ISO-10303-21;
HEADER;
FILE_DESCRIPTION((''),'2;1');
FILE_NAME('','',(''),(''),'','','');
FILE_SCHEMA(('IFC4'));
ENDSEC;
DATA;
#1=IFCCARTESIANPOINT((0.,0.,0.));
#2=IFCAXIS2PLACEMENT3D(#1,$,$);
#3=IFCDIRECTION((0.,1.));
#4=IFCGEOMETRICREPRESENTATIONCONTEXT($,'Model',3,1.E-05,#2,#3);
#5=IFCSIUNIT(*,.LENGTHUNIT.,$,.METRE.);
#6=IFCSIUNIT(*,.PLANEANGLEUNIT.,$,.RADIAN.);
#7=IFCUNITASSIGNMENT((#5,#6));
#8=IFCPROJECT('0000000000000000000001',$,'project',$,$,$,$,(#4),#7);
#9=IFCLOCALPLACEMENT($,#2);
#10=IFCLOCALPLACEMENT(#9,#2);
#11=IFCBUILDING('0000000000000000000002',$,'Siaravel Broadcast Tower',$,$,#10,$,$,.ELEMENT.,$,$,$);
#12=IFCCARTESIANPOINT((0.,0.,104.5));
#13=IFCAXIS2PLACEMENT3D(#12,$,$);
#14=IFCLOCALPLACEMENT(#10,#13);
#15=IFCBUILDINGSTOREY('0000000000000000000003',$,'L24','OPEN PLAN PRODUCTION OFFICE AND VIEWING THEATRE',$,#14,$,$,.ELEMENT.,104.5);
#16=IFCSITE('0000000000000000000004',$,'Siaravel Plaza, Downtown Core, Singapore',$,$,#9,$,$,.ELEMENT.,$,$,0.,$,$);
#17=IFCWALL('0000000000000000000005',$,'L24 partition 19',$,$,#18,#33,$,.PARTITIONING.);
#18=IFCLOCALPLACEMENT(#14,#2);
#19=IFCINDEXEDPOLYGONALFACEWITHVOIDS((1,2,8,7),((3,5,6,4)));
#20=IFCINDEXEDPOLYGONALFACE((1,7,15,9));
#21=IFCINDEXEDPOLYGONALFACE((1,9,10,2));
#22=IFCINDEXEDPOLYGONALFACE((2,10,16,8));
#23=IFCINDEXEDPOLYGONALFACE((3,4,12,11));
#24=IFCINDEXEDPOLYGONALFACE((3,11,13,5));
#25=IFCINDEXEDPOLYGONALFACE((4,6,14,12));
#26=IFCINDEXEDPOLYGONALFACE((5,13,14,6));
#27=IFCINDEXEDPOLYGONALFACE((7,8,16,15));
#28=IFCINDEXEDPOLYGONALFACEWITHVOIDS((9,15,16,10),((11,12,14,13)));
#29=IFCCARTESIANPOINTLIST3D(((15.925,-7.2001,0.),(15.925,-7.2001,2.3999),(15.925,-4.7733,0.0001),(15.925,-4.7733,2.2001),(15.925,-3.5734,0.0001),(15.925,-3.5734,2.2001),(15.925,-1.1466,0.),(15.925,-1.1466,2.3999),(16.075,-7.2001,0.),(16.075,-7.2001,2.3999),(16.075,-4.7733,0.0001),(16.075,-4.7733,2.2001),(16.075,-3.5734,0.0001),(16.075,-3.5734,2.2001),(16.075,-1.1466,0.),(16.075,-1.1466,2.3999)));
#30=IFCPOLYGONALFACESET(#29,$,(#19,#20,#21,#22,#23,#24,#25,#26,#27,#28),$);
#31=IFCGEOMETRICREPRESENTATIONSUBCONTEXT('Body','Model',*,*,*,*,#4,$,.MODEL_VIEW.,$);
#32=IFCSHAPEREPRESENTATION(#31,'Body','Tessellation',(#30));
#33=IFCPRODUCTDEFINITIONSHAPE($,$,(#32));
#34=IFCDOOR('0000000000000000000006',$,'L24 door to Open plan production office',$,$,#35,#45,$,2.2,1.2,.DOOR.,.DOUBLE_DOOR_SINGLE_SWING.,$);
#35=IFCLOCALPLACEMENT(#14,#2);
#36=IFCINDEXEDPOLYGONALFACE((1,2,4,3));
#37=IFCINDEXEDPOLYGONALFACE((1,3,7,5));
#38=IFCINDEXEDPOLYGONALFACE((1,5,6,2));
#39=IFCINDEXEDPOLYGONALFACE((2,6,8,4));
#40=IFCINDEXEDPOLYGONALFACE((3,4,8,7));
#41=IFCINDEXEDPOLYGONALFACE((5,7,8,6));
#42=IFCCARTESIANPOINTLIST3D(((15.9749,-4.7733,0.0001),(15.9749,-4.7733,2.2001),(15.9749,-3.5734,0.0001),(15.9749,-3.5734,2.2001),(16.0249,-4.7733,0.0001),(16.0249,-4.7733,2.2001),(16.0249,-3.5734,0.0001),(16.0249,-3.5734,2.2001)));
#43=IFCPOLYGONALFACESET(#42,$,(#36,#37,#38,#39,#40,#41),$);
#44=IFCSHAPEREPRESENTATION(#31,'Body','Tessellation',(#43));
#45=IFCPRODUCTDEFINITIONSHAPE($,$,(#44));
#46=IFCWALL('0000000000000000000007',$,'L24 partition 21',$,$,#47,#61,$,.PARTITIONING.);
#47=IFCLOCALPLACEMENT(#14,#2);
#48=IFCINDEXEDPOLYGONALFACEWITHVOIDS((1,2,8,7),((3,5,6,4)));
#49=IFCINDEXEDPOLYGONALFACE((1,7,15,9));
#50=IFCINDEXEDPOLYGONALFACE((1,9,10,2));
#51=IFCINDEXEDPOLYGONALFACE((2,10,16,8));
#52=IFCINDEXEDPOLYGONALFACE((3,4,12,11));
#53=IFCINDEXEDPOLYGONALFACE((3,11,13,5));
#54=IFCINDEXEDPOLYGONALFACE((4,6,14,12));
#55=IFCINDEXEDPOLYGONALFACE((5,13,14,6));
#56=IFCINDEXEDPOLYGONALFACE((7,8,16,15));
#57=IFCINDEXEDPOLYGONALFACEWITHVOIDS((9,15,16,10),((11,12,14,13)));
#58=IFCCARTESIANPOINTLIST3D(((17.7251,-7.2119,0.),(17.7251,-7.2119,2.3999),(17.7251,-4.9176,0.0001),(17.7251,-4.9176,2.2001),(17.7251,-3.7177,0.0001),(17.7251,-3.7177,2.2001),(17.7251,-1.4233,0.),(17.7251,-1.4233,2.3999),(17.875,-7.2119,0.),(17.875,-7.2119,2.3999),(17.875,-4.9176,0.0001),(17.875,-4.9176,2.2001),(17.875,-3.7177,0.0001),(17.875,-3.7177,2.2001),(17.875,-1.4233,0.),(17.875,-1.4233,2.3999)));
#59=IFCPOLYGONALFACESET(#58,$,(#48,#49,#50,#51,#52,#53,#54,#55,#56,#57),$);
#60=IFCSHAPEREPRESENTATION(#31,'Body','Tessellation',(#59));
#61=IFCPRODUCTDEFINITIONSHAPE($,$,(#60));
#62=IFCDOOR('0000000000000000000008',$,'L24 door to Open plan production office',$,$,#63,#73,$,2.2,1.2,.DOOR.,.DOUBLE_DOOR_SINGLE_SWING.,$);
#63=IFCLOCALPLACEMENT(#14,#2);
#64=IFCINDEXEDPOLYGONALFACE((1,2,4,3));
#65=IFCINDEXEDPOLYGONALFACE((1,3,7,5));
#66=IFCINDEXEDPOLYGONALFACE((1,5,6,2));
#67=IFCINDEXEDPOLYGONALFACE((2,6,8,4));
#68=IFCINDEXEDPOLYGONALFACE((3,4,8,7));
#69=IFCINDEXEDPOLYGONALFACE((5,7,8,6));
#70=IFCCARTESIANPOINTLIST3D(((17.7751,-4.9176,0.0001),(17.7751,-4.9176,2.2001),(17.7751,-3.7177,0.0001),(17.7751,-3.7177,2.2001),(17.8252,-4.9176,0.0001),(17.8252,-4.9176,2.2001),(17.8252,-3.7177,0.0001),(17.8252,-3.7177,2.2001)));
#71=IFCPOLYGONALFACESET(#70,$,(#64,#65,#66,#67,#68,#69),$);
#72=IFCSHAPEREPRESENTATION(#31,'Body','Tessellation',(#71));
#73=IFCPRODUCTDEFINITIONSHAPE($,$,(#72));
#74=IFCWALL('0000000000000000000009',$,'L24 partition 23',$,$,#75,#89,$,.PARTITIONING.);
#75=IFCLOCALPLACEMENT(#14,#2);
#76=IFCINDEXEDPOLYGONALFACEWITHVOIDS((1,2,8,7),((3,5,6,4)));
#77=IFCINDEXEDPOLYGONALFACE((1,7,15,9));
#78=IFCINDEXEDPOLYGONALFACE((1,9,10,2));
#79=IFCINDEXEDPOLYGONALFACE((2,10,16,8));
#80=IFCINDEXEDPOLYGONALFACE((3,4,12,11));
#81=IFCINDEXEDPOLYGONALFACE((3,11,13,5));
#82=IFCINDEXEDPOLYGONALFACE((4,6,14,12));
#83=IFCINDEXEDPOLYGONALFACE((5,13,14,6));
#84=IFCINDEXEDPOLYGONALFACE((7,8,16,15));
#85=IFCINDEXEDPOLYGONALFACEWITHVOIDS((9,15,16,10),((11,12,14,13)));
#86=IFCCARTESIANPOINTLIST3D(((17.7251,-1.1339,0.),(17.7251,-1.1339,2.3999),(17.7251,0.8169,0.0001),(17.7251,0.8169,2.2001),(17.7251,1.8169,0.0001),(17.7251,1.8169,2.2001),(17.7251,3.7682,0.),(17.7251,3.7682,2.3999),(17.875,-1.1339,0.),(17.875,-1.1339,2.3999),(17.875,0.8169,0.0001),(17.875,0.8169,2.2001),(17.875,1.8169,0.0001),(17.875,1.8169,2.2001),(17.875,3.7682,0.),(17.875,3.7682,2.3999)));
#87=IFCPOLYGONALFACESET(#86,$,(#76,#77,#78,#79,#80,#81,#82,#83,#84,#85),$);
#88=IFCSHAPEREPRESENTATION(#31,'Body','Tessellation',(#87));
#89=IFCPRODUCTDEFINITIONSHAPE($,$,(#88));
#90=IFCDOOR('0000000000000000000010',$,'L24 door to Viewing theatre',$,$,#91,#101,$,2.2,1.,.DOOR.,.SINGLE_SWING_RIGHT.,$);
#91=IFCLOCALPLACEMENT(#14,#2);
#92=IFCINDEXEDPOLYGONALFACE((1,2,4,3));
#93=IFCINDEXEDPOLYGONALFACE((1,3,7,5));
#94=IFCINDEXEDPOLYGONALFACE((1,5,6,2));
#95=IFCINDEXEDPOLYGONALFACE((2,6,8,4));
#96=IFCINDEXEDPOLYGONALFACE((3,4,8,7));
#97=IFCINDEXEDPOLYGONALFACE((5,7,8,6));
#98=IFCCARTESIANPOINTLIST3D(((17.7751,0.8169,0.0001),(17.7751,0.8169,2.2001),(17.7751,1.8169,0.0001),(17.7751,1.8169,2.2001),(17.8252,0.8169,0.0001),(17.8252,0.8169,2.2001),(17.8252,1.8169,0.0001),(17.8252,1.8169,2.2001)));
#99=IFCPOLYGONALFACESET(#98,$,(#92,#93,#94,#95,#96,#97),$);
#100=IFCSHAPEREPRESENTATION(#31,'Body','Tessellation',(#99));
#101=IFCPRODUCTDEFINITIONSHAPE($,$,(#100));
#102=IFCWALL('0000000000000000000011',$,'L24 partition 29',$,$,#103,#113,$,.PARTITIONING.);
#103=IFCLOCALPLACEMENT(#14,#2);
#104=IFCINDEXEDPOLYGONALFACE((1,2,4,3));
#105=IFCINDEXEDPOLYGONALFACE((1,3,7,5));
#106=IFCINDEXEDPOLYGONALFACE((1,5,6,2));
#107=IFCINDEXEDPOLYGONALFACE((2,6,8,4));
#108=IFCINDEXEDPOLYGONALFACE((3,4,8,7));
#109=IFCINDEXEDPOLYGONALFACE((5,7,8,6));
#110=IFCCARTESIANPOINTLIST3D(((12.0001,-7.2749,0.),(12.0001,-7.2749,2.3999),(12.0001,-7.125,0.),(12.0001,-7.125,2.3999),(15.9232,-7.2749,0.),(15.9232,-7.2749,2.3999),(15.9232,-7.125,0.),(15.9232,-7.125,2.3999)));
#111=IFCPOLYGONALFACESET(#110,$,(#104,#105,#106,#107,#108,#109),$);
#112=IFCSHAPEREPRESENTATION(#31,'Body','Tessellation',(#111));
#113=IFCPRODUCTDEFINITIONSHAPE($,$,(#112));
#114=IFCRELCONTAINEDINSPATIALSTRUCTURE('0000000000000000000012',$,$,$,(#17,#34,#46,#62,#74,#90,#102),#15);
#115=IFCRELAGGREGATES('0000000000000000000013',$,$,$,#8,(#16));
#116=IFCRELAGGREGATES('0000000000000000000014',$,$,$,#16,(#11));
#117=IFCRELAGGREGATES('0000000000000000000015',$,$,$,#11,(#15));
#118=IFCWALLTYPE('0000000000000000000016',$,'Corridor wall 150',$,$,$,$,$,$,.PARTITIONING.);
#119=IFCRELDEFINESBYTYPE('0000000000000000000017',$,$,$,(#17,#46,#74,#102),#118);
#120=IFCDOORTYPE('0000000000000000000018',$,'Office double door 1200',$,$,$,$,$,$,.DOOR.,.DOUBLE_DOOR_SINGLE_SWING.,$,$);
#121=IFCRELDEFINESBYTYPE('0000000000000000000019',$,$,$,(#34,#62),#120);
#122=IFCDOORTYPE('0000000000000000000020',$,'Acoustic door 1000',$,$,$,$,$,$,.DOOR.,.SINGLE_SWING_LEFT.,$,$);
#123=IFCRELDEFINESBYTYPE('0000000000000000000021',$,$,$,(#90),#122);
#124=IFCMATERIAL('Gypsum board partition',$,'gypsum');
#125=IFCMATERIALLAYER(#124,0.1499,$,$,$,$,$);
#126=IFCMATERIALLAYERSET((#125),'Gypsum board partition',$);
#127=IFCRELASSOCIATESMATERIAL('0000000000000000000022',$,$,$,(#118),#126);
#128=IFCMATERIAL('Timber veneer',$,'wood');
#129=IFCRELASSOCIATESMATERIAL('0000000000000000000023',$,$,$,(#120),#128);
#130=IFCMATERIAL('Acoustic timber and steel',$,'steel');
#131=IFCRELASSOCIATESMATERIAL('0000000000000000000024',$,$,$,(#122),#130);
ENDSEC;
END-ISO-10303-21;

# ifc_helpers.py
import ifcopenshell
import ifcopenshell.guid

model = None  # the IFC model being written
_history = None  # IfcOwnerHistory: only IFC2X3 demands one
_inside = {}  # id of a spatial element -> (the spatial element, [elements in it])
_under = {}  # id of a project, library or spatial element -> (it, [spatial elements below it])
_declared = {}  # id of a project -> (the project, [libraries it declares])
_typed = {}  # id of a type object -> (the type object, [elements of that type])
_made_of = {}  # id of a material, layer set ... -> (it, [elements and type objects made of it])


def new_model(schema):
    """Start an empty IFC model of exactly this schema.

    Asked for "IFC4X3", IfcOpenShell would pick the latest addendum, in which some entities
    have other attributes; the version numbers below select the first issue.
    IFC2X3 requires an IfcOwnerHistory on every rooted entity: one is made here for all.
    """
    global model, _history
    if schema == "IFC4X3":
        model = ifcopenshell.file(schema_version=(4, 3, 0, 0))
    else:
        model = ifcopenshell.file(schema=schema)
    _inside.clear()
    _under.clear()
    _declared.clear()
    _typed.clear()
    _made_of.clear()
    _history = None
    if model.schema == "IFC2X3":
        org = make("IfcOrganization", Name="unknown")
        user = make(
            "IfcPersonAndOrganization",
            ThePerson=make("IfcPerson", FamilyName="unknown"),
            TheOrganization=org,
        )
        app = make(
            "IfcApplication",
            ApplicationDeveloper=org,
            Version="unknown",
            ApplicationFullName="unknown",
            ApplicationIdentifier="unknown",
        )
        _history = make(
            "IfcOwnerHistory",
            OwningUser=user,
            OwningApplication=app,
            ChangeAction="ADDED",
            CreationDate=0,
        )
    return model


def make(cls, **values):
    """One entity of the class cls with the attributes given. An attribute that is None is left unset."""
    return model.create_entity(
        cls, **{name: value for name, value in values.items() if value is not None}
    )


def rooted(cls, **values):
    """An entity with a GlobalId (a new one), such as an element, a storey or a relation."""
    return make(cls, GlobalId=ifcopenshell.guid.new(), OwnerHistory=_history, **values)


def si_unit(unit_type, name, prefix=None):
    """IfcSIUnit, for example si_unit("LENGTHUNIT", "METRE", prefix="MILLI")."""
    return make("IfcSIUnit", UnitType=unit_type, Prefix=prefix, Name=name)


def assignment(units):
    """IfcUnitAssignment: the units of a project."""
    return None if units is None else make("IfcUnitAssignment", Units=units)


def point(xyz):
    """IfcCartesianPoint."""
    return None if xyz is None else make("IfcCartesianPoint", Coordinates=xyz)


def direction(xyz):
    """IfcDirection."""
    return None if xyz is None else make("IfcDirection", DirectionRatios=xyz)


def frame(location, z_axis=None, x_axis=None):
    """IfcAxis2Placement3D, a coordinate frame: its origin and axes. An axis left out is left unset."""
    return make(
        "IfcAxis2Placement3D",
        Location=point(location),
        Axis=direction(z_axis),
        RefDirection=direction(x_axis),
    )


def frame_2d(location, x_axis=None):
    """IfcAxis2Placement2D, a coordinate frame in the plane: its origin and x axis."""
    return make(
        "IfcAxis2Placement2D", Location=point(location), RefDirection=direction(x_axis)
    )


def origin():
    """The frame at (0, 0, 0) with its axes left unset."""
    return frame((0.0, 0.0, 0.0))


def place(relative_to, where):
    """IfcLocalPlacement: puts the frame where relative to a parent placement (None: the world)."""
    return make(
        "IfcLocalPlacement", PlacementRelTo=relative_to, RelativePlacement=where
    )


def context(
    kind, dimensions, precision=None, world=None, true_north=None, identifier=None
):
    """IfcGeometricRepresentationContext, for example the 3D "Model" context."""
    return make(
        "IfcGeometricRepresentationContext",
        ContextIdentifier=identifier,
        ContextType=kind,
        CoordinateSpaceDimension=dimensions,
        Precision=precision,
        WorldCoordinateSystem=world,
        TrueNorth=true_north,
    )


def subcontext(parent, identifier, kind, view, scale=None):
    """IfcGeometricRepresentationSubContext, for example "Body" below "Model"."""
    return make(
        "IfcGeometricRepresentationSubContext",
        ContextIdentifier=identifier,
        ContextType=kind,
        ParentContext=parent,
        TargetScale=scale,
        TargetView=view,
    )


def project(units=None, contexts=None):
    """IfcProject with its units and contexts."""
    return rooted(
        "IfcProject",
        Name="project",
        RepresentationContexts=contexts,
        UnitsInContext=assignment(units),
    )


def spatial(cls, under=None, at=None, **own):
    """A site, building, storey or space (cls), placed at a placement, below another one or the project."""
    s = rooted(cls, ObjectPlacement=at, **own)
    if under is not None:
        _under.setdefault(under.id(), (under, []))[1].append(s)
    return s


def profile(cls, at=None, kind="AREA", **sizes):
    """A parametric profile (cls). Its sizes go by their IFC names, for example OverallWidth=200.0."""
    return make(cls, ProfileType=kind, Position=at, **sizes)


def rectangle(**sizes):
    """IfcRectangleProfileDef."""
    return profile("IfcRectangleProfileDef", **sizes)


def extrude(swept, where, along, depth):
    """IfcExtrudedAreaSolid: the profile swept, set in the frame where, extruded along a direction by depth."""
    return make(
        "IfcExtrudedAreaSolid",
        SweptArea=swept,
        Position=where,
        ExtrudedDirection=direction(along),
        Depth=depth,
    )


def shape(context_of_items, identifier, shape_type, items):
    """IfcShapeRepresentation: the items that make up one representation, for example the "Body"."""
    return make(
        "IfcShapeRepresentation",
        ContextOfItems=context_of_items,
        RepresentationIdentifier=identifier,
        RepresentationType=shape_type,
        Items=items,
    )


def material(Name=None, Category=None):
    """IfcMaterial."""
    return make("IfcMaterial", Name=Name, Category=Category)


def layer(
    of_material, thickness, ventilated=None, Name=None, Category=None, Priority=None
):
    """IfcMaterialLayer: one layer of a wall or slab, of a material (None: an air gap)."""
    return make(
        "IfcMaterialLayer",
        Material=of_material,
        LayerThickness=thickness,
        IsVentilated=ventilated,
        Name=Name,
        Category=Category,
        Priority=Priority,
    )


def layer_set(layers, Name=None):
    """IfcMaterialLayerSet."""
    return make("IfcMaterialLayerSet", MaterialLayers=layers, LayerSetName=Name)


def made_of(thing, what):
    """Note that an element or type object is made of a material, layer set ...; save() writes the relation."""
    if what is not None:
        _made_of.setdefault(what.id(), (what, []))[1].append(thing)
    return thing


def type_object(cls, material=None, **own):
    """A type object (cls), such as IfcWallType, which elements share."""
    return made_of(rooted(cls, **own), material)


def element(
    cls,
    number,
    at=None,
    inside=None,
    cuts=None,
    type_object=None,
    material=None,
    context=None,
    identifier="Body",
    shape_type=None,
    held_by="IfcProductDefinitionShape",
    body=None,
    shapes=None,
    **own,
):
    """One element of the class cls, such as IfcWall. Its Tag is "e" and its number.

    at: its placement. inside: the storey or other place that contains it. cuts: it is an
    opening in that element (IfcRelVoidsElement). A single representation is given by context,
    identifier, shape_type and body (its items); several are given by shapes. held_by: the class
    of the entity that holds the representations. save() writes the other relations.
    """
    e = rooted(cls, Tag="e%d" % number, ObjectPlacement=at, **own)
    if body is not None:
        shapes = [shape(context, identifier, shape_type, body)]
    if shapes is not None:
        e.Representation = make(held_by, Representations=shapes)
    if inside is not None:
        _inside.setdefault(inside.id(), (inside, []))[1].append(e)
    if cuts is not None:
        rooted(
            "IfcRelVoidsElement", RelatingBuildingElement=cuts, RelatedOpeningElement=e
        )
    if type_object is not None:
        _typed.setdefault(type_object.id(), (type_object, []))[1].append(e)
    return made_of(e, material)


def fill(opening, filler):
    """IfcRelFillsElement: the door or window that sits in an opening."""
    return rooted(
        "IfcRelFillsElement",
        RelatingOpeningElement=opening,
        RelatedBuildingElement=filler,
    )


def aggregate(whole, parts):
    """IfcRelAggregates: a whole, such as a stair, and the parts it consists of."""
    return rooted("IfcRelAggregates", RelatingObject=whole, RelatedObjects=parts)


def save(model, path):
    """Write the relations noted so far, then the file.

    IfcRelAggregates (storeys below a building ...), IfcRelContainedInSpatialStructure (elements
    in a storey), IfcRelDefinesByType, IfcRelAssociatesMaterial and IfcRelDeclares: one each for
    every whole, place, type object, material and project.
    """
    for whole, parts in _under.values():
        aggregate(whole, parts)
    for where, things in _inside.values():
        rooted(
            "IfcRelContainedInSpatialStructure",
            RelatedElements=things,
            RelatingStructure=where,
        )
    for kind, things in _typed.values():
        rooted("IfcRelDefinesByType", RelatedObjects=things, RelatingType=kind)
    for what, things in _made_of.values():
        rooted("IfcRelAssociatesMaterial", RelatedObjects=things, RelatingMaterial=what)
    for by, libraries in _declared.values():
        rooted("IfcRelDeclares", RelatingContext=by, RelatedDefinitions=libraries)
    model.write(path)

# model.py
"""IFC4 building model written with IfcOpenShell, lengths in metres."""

from ifc_helpers import new_model, si_unit, direction, frame, frame_2d, origin, place, context, subcontext, project, spatial, rectangle, extrude, material, layer, layer_set, type_object, element, fill, save


model = new_model("IFC4")

# Units and contexts
model_context = context("Model", 3, precision=1e-05, world=origin(), true_north=direction((0.0, 1.0)))
body_context = subcontext(model_context, "Body", "Model", "MODEL_VIEW")
ifc_project = project(units=[si_unit("LENGTHUNIT", "METRE"), si_unit("PLANEANGLEUNIT", "RADIAN")], contexts=[model_context])

# Site, building, storey
site_placement = place(None, origin())
site = spatial("IfcSite", under=ifc_project, at=site_placement, Name="Siaravel Plaza, Downtown Core, Singapore", CompositionType="ELEMENT", RefElevation=0.0)
building_placement = place(site_placement, origin())
building = spatial("IfcBuilding", under=site, at=building_placement, Name="Siaravel Broadcast Tower", CompositionType="ELEMENT")
storey_placement = place(building_placement, frame((0.0, 0.0, 104.5)))
storey = spatial("IfcBuildingStorey", under=building, at=storey_placement, Name="L24", Description="OPEN PLAN PRODUCTION OFFICE AND VIEWING THEATRE", CompositionType="ELEMENT", Elevation=104.5)

# Walls, openings, doors
ifc_material_1 = material(Name="Gypsum board partition", Category="gypsum")
ifc_layer_1 = layer(ifc_material_1, 0.1499)
ifc_layer_set_1 = layer_set([ifc_layer_1], Name="Gypsum board partition")
wall_type_1 = type_object("IfcWallType", Name="Corridor wall 150", PredefinedType="PARTITIONING", material=ifc_layer_set_1)
wall_1_placement = place(storey_placement, frame((16.0, -1.1465, 0.0), z_axis=(0.0, 0.0, 1.0), x_axis=(0.0, -1.0, 0.0)))
wall_1 = element("IfcWall", 1, at=wall_1_placement, inside=storey, type_object=wall_type_1, Name="L24 partition 19", PredefinedType="PARTITIONING", context=body_context, shape_type="SweptSolid", body=[
    extrude(rectangle(XDim=6.0535, YDim=0.1499, at=frame_2d((3.0269, 0.0))), origin(), (0.0, 0.0, 1.0), 2.3999),
])
opening_1_placement = place(wall_1_placement, frame((2.4268, 0.0, 0.0)))
opening_1 = element("IfcOpeningElement", 2, at=opening_1_placement, cuts=wall_1, PredefinedType="OPENING", context=body_context, shape_type="SweptSolid", body=[
    extrude(rectangle(XDim=1.2, YDim=2.2, at=frame_2d((0.6001, 1.1001))), frame((0.0, 0.085, 0.0), z_axis=(0.0, -1.0, 0.0), x_axis=(1.0, 0.0, 0.0)), (0.0, 0.0, 1.0), 0.1699),
])
ifc_material_2 = material(Name="Timber veneer", Category="wood")
door_type_1 = type_object("IfcDoorType", Name="Office double door 1200", OperationType="DOUBLE_DOOR_SINGLE_SWING", PredefinedType="DOOR", material=ifc_material_2)
door_1_placement = place(opening_1_placement, origin())
door_1 = element("IfcDoor", 3, at=door_1_placement, inside=storey, type_object=door_type_1, Name="L24 door to Open plan production office", OperationType="DOUBLE_DOOR_SINGLE_SWING", OverallHeight=2.2, OverallWidth=1.2, PredefinedType="DOOR", context=body_context, shape_type="SweptSolid", body=[
    extrude(rectangle(XDim=1.2, YDim=2.2, at=frame_2d((0.6001, 1.1001))), frame((0.0, 0.0249, 0.0), z_axis=(0.0, -1.0, 0.0), x_axis=(1.0, 0.0, 0.0)), (0.0, 0.0, 1.0), 0.05),
])
fill(opening_1, door_1)
wall_2_placement = place(storey_placement, frame((17.8, -7.2119, 0.0), z_axis=(0.0, 0.0, 1.0), x_axis=(0.0, 1.0, 0.0)))
wall_2 = element("IfcWall", 4, at=wall_2_placement, inside=storey, type_object=wall_type_1, Name="L24 partition 21", PredefinedType="PARTITIONING", context=body_context, shape_type="SweptSolid", body=[
    extrude(rectangle(XDim=5.7886, YDim=0.1499, at=frame_2d((2.8943, 0.0))), origin(), (0.0, 0.0, 1.0), 2.3999),
])
opening_2_placement = place(wall_2_placement, frame((2.2942, 0.0, 0.0)))
opening_2 = element("IfcOpeningElement", 5, at=opening_2_placement, cuts=wall_2, PredefinedType="OPENING", context=body_context, shape_type="SweptSolid", body=[
    extrude(rectangle(XDim=1.2, YDim=2.2, at=frame_2d((0.6001, 1.1001))), frame((0.0, 0.085, 0.0), z_axis=(0.0, -1.0, 0.0), x_axis=(1.0, 0.0, 0.0)), (0.0, 0.0, 1.0), 0.1699),
])
door_2_placement = place(opening_2_placement, origin())
door_2 = element("IfcDoor", 6, at=door_2_placement, inside=storey, type_object=door_type_1, Name="L24 door to Open plan production office", OperationType="DOUBLE_DOOR_SINGLE_SWING", OverallHeight=2.2, OverallWidth=1.2, PredefinedType="DOOR", context=body_context, shape_type="SweptSolid", body=[
    extrude(rectangle(XDim=1.2, YDim=2.2, at=frame_2d((0.6001, 1.1001))), frame((0.0, 0.0249, 0.0), z_axis=(0.0, -1.0, 0.0), x_axis=(1.0, 0.0, 0.0)), (0.0, 0.0, 1.0), 0.05),
])
fill(opening_2, door_2)
wall_3_placement = place(storey_placement, frame((17.8, -1.134, 0.0), z_axis=(0.0, 0.0, 1.0), x_axis=(0.0, 1.0, 0.0)))
wall_3 = element("IfcWall", 7, at=wall_3_placement, inside=storey, type_object=wall_type_1, Name="L24 partition 23", PredefinedType="PARTITIONING", context=body_context, shape_type="SweptSolid", body=[
    extrude(rectangle(XDim=4.9021, YDim=0.1499, at=frame_2d((2.4512, 0.0))), origin(), (0.0, 0.0, 1.0), 2.3999),
])
opening_3_placement = place(wall_3_placement, frame((1.9509, 0.0, 0.0)))
opening_3 = element("IfcOpeningElement", 8, at=opening_3_placement, cuts=wall_3, PredefinedType="OPENING", context=body_context, shape_type="SweptSolid", body=[
    extrude(rectangle(XDim=1.0, YDim=2.2, at=frame_2d((0.5, 1.1001))), frame((0.0, 0.085, 0.0), z_axis=(0.0, -1.0, 0.0), x_axis=(1.0, 0.0, 0.0)), (0.0, 0.0, 1.0), 0.1699),
])
ifc_material_3 = material(Name="Acoustic timber and steel", Category="steel")
door_type_2 = type_object("IfcDoorType", Name="Acoustic door 1000", OperationType="SINGLE_SWING_LEFT", PredefinedType="DOOR", material=ifc_material_3)
door_3_placement = place(opening_3_placement, origin())
door_3 = element("IfcDoor", 9, at=door_3_placement, inside=storey, type_object=door_type_2, Name="L24 door to Viewing theatre", OperationType="SINGLE_SWING_RIGHT", OverallHeight=2.2, OverallWidth=1.0, PredefinedType="DOOR", context=body_context, shape_type="SweptSolid", body=[
    extrude(rectangle(XDim=1.0, YDim=2.2, at=frame_2d((0.5, 1.1001))), frame((0.0, 0.0249, 0.0), z_axis=(0.0, -1.0, 0.0), x_axis=(1.0, 0.0, 0.0)), (0.0, 0.0, 1.0), 0.05),
])
fill(opening_3, door_3)

# Wall
wall_4_placement = place(storey_placement, frame((15.9231, -7.2, 0.0), z_axis=(0.0, 0.0, 1.0), x_axis=(-1.0, 0.0, 0.0)))
element("IfcWall", 10, at=wall_4_placement, inside=storey, type_object=wall_type_1, Name="L24 partition 29", PredefinedType="PARTITIONING", context=body_context, shape_type="SweptSolid", body=[
    extrude(rectangle(XDim=3.9231, YDim=0.1499, at=frame_2d((1.9614, 0.0))), origin(), (0.0, 0.0, 1.0), 2.3999),
])

save(model, "model.ifc")
